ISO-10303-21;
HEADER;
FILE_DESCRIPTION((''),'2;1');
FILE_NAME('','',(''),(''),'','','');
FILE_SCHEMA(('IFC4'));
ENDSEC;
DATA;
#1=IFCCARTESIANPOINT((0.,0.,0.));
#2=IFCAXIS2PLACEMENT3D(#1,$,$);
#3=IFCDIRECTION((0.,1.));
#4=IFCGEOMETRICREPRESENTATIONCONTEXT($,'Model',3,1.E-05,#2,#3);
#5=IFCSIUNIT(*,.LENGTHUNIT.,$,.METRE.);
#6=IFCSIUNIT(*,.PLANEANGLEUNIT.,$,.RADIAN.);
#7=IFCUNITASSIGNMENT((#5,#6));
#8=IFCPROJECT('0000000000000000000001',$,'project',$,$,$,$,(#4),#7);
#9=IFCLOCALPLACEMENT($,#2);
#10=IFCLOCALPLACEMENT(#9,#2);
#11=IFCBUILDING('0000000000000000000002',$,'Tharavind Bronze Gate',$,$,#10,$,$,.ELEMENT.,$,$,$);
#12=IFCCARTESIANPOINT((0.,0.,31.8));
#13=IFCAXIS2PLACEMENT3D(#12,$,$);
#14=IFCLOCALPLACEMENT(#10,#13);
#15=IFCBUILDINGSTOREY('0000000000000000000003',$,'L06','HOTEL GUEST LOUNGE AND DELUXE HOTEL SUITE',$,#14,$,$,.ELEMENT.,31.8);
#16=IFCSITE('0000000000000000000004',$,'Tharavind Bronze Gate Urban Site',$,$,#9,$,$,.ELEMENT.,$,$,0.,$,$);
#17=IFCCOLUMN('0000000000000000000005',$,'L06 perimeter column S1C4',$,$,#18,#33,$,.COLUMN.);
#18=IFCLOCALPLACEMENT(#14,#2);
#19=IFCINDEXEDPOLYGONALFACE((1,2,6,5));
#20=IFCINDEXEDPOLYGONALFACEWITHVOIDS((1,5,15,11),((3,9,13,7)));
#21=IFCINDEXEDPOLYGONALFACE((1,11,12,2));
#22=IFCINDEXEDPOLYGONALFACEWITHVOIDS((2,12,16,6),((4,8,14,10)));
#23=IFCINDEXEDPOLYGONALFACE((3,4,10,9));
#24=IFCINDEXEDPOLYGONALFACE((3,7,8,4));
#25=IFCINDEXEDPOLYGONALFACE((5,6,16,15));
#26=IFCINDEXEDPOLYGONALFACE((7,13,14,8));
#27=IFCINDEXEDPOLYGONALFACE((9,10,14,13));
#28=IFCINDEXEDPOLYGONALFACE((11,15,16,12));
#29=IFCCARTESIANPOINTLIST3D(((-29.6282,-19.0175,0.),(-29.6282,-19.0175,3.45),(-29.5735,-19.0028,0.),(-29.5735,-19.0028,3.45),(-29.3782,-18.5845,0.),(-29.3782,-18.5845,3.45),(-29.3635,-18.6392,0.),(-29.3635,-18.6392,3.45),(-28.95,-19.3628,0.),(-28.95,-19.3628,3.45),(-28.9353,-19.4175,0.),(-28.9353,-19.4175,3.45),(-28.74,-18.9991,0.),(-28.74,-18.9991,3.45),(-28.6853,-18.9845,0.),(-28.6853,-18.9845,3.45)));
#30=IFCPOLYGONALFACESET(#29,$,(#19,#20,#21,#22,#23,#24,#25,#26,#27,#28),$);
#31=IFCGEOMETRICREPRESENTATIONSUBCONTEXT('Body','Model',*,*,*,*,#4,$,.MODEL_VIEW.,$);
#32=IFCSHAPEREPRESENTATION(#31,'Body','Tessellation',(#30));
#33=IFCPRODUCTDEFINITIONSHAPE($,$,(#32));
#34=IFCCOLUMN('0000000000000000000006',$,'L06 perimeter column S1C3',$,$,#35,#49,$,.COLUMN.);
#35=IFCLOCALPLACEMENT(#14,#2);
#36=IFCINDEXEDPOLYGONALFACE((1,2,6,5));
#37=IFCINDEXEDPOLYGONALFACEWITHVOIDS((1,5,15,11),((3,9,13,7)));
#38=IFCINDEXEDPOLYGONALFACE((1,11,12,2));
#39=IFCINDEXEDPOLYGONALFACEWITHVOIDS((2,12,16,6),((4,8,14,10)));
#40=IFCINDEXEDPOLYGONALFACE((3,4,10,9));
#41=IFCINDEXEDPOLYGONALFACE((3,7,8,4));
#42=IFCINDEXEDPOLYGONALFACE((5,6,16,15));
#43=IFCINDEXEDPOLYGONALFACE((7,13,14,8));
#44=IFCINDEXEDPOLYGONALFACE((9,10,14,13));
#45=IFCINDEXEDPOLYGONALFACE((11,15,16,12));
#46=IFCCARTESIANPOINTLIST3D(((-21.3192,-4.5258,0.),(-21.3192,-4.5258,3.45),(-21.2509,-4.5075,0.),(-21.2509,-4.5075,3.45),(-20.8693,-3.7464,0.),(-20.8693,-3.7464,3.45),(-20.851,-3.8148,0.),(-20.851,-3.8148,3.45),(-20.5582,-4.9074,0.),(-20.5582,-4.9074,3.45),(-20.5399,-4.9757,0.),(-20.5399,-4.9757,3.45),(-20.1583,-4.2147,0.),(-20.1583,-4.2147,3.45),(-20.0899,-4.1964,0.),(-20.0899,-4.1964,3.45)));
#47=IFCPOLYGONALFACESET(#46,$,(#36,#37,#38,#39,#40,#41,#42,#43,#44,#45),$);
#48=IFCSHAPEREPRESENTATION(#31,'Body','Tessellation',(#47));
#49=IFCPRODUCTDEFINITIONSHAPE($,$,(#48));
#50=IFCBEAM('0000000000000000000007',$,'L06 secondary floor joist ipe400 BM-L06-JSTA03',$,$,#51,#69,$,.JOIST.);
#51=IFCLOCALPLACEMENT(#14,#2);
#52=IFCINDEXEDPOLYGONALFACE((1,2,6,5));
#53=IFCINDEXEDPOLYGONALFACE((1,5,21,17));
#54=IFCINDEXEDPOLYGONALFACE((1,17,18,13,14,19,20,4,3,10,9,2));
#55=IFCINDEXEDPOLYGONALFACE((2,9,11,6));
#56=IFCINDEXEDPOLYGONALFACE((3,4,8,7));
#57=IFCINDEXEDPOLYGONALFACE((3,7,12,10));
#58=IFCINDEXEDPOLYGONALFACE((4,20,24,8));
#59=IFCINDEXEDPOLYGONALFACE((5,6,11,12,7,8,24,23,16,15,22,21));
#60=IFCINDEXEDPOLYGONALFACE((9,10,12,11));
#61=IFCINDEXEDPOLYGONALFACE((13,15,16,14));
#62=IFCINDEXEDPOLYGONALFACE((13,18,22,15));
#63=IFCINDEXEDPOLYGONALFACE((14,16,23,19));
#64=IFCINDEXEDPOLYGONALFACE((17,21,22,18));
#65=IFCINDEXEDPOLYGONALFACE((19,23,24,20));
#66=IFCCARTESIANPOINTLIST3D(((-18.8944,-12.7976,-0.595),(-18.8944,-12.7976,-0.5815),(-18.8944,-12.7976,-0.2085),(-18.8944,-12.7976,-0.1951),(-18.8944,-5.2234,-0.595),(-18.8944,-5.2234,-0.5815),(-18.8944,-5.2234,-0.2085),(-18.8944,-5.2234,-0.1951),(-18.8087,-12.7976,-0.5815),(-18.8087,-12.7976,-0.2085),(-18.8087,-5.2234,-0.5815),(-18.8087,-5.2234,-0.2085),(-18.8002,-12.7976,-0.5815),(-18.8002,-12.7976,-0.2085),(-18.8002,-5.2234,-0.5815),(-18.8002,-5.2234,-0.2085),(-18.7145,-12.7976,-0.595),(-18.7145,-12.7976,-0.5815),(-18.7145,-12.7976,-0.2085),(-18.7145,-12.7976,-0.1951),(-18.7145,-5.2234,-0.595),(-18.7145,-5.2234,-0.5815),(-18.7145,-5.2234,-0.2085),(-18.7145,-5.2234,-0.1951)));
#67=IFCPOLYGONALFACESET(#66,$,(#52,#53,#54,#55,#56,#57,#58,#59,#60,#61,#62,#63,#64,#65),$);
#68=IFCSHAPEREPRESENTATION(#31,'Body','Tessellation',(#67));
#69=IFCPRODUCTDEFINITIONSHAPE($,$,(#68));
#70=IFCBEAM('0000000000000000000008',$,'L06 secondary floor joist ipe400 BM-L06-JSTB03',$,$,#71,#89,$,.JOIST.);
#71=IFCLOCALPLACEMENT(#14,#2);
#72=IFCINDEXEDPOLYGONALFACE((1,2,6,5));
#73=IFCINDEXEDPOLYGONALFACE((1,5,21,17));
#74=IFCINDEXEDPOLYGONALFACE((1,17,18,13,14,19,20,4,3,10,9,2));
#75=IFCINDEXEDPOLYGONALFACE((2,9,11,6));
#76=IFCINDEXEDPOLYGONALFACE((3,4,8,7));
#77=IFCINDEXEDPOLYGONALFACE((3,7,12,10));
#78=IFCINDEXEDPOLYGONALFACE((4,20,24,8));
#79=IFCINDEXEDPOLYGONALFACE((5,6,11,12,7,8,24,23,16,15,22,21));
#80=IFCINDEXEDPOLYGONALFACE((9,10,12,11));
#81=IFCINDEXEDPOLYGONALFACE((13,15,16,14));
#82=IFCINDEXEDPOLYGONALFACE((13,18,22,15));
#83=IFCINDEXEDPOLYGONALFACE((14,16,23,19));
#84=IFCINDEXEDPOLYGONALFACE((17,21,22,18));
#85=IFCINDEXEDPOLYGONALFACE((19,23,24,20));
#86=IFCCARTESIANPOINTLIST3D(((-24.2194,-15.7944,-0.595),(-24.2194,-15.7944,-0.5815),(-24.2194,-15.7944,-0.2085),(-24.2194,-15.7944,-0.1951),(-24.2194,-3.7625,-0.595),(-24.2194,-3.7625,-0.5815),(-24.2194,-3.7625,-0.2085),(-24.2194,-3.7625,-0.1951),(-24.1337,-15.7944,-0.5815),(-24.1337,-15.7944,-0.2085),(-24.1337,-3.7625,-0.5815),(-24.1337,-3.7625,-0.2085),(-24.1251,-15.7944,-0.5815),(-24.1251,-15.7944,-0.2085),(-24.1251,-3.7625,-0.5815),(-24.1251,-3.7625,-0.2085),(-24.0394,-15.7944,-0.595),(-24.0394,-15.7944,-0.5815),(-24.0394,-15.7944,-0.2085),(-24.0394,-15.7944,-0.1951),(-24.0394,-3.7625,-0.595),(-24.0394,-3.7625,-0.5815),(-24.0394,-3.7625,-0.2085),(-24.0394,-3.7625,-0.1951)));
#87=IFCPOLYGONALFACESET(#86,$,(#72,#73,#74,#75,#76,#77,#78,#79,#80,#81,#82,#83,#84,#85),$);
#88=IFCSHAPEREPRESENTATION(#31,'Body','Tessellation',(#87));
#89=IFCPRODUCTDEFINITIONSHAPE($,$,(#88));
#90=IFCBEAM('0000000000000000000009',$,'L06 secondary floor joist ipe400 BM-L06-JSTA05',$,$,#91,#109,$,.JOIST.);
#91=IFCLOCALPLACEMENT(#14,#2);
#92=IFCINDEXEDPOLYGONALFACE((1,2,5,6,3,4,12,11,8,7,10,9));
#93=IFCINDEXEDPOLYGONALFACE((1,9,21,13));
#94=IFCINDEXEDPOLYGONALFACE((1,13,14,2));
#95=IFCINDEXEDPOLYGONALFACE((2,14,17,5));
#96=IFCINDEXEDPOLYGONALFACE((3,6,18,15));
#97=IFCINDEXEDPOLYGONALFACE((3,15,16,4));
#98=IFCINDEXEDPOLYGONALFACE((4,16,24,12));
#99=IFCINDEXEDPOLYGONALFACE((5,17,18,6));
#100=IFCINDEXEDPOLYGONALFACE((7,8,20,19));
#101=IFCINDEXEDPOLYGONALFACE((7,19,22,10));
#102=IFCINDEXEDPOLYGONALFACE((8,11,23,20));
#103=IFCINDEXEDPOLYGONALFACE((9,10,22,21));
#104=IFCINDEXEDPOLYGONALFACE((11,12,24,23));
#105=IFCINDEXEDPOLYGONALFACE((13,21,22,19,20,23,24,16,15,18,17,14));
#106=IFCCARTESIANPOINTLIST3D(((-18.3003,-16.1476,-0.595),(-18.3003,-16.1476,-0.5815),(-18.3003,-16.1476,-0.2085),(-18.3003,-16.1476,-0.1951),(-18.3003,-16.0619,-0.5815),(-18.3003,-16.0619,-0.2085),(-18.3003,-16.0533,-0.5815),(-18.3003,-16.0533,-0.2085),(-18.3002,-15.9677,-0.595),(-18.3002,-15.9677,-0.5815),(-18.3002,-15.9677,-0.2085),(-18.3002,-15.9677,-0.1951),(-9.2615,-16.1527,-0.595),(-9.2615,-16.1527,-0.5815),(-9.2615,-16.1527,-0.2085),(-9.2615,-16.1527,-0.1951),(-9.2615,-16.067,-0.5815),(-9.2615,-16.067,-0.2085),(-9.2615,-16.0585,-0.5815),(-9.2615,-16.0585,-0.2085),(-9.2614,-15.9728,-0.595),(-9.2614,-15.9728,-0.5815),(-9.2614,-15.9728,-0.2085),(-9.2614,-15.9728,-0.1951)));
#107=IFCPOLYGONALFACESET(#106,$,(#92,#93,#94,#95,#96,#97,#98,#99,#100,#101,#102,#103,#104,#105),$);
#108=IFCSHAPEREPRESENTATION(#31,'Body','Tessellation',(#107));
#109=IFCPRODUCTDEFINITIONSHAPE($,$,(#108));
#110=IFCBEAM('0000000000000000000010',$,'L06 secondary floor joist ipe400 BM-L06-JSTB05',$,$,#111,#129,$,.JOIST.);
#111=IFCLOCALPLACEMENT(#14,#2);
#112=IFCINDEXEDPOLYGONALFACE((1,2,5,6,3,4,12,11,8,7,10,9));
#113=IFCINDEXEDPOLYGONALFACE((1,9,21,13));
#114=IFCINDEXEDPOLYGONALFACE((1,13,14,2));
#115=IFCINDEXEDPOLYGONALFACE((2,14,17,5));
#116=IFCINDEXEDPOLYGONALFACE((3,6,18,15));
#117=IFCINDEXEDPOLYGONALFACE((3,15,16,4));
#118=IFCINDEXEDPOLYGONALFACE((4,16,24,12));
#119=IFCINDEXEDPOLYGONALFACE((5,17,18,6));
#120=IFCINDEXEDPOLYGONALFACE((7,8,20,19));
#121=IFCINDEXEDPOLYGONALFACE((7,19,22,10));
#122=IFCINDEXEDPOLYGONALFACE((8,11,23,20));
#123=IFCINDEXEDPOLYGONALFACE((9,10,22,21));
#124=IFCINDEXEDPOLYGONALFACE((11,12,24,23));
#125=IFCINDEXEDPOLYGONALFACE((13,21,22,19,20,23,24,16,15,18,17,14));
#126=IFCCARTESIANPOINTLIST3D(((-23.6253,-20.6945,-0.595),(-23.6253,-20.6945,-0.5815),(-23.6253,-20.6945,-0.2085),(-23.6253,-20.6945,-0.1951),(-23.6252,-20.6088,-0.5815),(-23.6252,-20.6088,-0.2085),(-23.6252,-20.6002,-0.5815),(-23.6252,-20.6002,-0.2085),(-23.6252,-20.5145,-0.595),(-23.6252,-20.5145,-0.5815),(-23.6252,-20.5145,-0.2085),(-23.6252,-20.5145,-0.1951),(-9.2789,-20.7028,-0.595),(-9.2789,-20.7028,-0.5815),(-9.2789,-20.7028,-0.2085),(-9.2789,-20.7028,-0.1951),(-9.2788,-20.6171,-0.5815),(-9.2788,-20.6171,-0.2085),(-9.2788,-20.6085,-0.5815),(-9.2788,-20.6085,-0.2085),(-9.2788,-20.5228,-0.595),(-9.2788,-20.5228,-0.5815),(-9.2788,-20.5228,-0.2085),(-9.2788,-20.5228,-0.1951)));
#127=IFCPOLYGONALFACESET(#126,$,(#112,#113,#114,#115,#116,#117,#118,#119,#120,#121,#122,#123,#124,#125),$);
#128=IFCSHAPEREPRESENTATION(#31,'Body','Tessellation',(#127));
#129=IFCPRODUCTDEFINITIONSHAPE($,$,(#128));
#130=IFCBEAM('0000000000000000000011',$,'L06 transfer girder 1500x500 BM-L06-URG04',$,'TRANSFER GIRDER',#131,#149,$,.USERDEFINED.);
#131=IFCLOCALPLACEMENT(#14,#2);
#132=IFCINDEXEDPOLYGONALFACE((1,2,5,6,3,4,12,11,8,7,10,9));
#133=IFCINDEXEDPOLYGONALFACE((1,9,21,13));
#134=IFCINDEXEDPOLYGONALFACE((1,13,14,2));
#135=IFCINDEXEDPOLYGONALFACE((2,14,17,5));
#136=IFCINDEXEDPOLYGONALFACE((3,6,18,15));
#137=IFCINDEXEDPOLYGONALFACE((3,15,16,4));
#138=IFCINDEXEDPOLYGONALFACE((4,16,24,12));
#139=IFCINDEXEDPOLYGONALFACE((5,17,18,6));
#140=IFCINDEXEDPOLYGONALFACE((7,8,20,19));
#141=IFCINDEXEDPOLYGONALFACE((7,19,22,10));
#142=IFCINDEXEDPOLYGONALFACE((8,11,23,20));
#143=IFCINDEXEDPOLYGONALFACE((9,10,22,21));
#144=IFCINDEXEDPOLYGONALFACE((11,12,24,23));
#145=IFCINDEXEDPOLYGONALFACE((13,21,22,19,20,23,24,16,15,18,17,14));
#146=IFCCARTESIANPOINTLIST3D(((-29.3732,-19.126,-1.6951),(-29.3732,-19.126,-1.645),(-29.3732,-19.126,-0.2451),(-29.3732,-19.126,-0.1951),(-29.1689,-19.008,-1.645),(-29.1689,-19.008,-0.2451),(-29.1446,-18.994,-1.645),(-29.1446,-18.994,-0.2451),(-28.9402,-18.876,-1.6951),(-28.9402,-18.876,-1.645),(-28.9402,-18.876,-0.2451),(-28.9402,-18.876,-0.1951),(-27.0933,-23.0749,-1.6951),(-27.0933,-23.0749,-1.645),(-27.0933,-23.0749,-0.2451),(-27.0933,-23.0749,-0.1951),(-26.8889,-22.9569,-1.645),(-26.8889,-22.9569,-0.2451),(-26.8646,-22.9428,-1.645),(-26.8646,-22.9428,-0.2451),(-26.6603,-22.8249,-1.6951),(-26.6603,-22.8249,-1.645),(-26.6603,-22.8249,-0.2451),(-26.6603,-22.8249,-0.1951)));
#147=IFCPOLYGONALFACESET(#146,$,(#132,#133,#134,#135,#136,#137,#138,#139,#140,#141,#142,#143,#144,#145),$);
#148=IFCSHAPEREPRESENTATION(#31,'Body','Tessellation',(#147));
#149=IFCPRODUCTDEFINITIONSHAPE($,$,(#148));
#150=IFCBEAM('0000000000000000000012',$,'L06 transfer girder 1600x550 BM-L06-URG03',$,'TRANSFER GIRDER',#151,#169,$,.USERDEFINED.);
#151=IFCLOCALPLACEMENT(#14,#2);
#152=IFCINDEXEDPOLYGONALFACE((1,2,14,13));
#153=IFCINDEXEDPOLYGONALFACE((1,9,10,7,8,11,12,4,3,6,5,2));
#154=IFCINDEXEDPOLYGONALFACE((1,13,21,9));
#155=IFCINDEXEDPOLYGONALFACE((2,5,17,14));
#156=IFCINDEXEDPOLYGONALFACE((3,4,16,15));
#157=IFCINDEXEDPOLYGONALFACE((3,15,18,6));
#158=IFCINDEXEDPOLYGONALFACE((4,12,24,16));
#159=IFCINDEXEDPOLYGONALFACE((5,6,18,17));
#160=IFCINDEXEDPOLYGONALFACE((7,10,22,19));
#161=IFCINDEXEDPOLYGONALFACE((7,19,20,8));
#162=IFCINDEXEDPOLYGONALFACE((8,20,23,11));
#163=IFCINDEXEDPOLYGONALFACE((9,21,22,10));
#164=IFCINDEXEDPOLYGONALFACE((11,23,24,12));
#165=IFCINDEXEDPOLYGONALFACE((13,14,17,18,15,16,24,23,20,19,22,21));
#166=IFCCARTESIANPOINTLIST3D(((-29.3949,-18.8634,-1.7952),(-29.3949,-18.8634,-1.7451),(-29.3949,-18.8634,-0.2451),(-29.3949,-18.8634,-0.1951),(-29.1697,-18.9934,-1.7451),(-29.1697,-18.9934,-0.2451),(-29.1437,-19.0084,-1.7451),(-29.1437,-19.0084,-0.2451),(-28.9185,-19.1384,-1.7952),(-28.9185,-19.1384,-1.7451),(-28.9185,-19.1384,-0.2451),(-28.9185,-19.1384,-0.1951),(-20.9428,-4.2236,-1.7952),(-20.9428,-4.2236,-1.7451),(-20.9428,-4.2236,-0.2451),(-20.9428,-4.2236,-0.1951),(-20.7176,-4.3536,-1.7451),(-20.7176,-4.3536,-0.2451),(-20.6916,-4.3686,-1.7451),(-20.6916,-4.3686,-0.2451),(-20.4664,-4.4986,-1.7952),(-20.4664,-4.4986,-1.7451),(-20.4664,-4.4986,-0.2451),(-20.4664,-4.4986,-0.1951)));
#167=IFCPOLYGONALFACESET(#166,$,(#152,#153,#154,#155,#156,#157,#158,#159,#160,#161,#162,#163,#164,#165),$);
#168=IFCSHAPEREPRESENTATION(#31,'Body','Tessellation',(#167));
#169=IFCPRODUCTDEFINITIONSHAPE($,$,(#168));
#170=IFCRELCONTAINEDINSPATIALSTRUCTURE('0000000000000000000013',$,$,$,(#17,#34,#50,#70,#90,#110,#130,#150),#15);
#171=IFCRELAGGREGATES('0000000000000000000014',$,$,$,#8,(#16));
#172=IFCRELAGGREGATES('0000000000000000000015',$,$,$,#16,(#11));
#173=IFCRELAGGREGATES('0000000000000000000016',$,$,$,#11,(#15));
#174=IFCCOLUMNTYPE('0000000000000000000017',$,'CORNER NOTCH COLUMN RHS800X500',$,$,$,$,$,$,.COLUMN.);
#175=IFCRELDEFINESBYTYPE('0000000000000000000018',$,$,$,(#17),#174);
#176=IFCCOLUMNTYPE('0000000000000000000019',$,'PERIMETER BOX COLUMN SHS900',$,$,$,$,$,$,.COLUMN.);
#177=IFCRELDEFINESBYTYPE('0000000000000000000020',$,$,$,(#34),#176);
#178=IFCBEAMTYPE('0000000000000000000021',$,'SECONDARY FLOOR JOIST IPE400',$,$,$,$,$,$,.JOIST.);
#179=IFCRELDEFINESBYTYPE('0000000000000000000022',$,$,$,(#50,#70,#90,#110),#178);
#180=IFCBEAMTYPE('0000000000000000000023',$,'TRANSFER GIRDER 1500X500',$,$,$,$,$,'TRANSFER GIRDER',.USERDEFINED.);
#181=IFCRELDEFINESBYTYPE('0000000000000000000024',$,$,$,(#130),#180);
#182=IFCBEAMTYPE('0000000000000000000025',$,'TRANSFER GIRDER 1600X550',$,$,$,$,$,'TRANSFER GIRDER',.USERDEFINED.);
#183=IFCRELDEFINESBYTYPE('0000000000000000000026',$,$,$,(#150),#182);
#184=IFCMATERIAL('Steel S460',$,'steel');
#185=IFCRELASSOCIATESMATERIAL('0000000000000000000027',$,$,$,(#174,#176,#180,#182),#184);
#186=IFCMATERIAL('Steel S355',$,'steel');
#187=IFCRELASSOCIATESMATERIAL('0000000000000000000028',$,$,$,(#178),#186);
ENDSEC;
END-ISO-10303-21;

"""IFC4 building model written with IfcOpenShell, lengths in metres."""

from ifc_helpers import new_model, si_unit, direction, frame, origin, origin_2d, place, context, subcontext, project, spatial, hollow_rectangle, i_section, extrude, material, material_profile, profile_set, type_object, element, save


model = new_model("IFC4")

# Units and contexts
model_context = context("Model", 3, precision=1e-05, world=origin(), true_north=direction((0.0, 1.0)))
body_context = subcontext(model_context, "Body", "Model", "MODEL_VIEW")
ifc_project = project(units=[si_unit("LENGTHUNIT", "METRE"), si_unit("PLANEANGLEUNIT", "RADIAN")], contexts=[model_context])

# Site, building, storey
site_placement = place(None, origin())
site = spatial("IfcSite", under=ifc_project, at=site_placement, Name="Tharavind Bronze Gate Urban Site", CompositionType="ELEMENT", RefElevation=0.0)
building_placement = place(site_placement, origin())
building = spatial("IfcBuilding", under=site, at=building_placement, Name="Tharavind Bronze Gate", CompositionType="ELEMENT")
storey_placement = place(building_placement, frame((0.0, 0.0, 31.8)))
storey = spatial("IfcBuildingStorey", under=building, at=storey_placement, Name="L06", Description="HOTEL GUEST LOUNGE AND DELUXE HOTEL SUITE", CompositionType="ELEMENT", Elevation=31.8)

# Columns
ifc_material_1 = material(Name="Steel S460", Category="steel")
ifc_material_profile_1 = material_profile(ifc_material_1, hollow_rectangle(XDim=0.5, YDim=0.8, WallThickness=0.04, at=origin_2d()), Name="RHS800X500X40")
ifc_profile_set_1 = profile_set([ifc_material_profile_1], Name="Steel S460")
column_type_1 = type_object("IfcColumnType", Name="CORNER NOTCH COLUMN RHS800X500", PredefinedType="COLUMN", material=ifc_profile_set_1)
column_1_placement = place(storey_placement, frame((-29.1567, -19.001, 0.0), z_axis=(0.0, 0.0, 1.0), x_axis=(0.500002, 0.866025, 0.0)))
element("IfcColumn", 1, at=column_1_placement, inside=storey, type_object=column_type_1, Name="L06 perimeter column S1C4", PredefinedType="COLUMN", context=body_context, shape_type="SweptSolid", body=[
    extrude(hollow_rectangle(XDim=0.5, YDim=0.8, WallThickness=0.04, at=origin_2d()), origin(), (0.0, 0.0, 1.0), 3.45),
])
ifc_material_profile_2 = material_profile(ifc_material_1, hollow_rectangle(XDim=0.8999, YDim=0.8999, WallThickness=0.05, at=origin_2d()), Name="SHS900X50")
ifc_profile_set_2 = profile_set([ifc_material_profile_2], Name="Steel S460")
column_type_2 = type_object("IfcColumnType", Name="PERIMETER BOX COLUMN SHS900", PredefinedType="COLUMN", material=ifc_profile_set_2)
column_2_placement = place(storey_placement, frame((-20.7046, -4.3611, 0.0), z_axis=(0.0, 0.0, 1.0), x_axis=(0.500002, 0.866025, 0.0)))
element("IfcColumn", 2, at=column_2_placement, inside=storey, type_object=column_type_2, Name="L06 perimeter column S1C3", PredefinedType="COLUMN", context=body_context, shape_type="SweptSolid", body=[
    extrude(hollow_rectangle(XDim=0.8999, YDim=0.8999, WallThickness=0.05, at=origin_2d()), origin(), (0.0, 0.0, 1.0), 3.45),
])

# Beams
ifc_material_2 = material(Name="Steel S355", Category="steel")
ifc_material_profile_3 = material_profile(ifc_material_2, i_section(OverallWidth=0.1799, OverallDepth=0.3999, WebThickness=0.0085, FlangeThickness=0.0134, at=origin_2d()), Name="IPE400")
ifc_profile_set_3 = profile_set([ifc_material_profile_3], Name="Steel S355")
beam_type_1 = type_object("IfcBeamType", Name="SECONDARY FLOOR JOIST IPE400", PredefinedType="JOIST", material=ifc_profile_set_3)
beam_1_placement = place(storey_placement, frame((-18.8044, -5.2234, -0.395), z_axis=(0.0, -1.0, 0.0), x_axis=(1.0, 0.0, 0.0)))
element("IfcBeam", 3, at=beam_1_placement, inside=storey, type_object=beam_type_1, Name="L06 secondary floor joist ipe400 BM-L06-JSTA03", PredefinedType="JOIST", context=body_context, shape_type="SweptSolid", body=[
    extrude(i_section(OverallWidth=0.1799, OverallDepth=0.3999, WebThickness=0.0085, FlangeThickness=0.0134, at=origin_2d()), origin(), (0.0, 0.0, 1.0), 7.5742),
])
beam_2_placement = place(storey_placement, frame((-24.1294, -3.7625, -0.395), z_axis=(0.0, -1.0, 0.0), x_axis=(1.0, 0.0, 0.0)))
element("IfcBeam", 4, at=beam_2_placement, inside=storey, type_object=beam_type_1, Name="L06 secondary floor joist ipe400 BM-L06-JSTB03", PredefinedType="JOIST", context=body_context, shape_type="SweptSolid", body=[
    extrude(i_section(OverallWidth=0.1799, OverallDepth=0.3999, WebThickness=0.0085, FlangeThickness=0.0134, at=origin_2d()), origin(), (0.0, 0.0, 1.0), 12.032),
])
beam_3_placement = place(storey_placement, frame((-18.3003, -16.0576, -0.395), z_axis=(1.0, -0.000567, 0.0), x_axis=(0.000567, 1.0, 0.0)))
element("IfcBeam", 5, at=beam_3_placement, inside=storey, type_object=beam_type_1, Name="L06 secondary floor joist ipe400 BM-L06-JSTA05", PredefinedType="JOIST", context=body_context, shape_type="SweptSolid", body=[
    extrude(i_section(OverallWidth=0.1799, OverallDepth=0.3999, WebThickness=0.0085, FlangeThickness=0.0134, at=origin_2d()), origin(), (0.0, 0.0, 1.0), 9.0388),
])
beam_4_placement = place(storey_placement, frame((-23.6252, -20.6045, -0.395), z_axis=(1.0, -0.000579, 0.0), x_axis=(0.000579, 1.0, 0.0)))
element("IfcBeam", 6, at=beam_4_placement, inside=storey, type_object=beam_type_1, Name="L06 secondary floor joist ipe400 BM-L06-JSTB05", PredefinedType="JOIST", context=body_context, shape_type="SweptSolid", body=[
    extrude(i_section(OverallWidth=0.1799, OverallDepth=0.3999, WebThickness=0.0085, FlangeThickness=0.0134, at=origin_2d()), origin(), (0.0, 0.0, 1.0), 14.3464),
])
ifc_material_profile_4 = material_profile(ifc_material_1, i_section(OverallWidth=0.5, OverallDepth=1.5, WebThickness=0.0281, FlangeThickness=0.05, at=origin_2d()), Name="PG1500X500")
ifc_profile_set_4 = profile_set([ifc_material_profile_4], Name="Steel S460")
beam_type_2 = type_object("IfcBeamType", Name="TRANSFER GIRDER 1500X500", ElementType="TRANSFER GIRDER", PredefinedType="USERDEFINED", material=ifc_profile_set_4)
beam_5_placement = place(storey_placement, frame((-29.1567, -19.001, -0.9451), z_axis=(0.500014, -0.866017, 0.0), x_axis=(0.866017, 0.500014, 0.0)))
element("IfcBeam", 7, at=beam_5_placement, inside=storey, type_object=beam_type_2, Name="L06 transfer girder 1500x500 BM-L06-URG04", ObjectType="TRANSFER GIRDER", PredefinedType="USERDEFINED", context=body_context, shape_type="SweptSolid", body=[
    extrude(i_section(OverallWidth=0.5, OverallDepth=1.5, WebThickness=0.0281, FlangeThickness=0.05, at=origin_2d()), origin(), (0.0, 0.0, 1.0), 4.5598),
])
ifc_material_profile_5 = material_profile(ifc_material_1, i_section(OverallWidth=0.55, OverallDepth=1.6001, WebThickness=0.03, FlangeThickness=0.05, at=origin_2d()), Name="PG1600X550")
ifc_profile_set_5 = profile_set([ifc_material_profile_5], Name="Steel S460")
beam_type_3 = type_object("IfcBeamType", Name="TRANSFER GIRDER 1600X550", ElementType="TRANSFER GIRDER", PredefinedType="USERDEFINED", material=ifc_profile_set_5)
beam_6_placement = place(storey_placement, frame((-20.7046, -4.3611, -0.9951), z_axis=(-0.499991, -0.86603, 0.0), x_axis=(0.86603, -0.499991, 0.0)))
element("IfcBeam", 8, at=beam_6_placement, inside=storey, type_object=beam_type_3, Name="L06 transfer girder 1600x550 BM-L06-URG03", ObjectType="TRANSFER GIRDER", PredefinedType="USERDEFINED", context=body_context, shape_type="SweptSolid", body=[
    extrude(i_section(OverallWidth=0.55, OverallDepth=1.6001, WebThickness=0.03, FlangeThickness=0.05, at=origin_2d()), origin(), (0.0, 0.0, 1.0), 16.9045),
])

save(model, "model.ifc")
